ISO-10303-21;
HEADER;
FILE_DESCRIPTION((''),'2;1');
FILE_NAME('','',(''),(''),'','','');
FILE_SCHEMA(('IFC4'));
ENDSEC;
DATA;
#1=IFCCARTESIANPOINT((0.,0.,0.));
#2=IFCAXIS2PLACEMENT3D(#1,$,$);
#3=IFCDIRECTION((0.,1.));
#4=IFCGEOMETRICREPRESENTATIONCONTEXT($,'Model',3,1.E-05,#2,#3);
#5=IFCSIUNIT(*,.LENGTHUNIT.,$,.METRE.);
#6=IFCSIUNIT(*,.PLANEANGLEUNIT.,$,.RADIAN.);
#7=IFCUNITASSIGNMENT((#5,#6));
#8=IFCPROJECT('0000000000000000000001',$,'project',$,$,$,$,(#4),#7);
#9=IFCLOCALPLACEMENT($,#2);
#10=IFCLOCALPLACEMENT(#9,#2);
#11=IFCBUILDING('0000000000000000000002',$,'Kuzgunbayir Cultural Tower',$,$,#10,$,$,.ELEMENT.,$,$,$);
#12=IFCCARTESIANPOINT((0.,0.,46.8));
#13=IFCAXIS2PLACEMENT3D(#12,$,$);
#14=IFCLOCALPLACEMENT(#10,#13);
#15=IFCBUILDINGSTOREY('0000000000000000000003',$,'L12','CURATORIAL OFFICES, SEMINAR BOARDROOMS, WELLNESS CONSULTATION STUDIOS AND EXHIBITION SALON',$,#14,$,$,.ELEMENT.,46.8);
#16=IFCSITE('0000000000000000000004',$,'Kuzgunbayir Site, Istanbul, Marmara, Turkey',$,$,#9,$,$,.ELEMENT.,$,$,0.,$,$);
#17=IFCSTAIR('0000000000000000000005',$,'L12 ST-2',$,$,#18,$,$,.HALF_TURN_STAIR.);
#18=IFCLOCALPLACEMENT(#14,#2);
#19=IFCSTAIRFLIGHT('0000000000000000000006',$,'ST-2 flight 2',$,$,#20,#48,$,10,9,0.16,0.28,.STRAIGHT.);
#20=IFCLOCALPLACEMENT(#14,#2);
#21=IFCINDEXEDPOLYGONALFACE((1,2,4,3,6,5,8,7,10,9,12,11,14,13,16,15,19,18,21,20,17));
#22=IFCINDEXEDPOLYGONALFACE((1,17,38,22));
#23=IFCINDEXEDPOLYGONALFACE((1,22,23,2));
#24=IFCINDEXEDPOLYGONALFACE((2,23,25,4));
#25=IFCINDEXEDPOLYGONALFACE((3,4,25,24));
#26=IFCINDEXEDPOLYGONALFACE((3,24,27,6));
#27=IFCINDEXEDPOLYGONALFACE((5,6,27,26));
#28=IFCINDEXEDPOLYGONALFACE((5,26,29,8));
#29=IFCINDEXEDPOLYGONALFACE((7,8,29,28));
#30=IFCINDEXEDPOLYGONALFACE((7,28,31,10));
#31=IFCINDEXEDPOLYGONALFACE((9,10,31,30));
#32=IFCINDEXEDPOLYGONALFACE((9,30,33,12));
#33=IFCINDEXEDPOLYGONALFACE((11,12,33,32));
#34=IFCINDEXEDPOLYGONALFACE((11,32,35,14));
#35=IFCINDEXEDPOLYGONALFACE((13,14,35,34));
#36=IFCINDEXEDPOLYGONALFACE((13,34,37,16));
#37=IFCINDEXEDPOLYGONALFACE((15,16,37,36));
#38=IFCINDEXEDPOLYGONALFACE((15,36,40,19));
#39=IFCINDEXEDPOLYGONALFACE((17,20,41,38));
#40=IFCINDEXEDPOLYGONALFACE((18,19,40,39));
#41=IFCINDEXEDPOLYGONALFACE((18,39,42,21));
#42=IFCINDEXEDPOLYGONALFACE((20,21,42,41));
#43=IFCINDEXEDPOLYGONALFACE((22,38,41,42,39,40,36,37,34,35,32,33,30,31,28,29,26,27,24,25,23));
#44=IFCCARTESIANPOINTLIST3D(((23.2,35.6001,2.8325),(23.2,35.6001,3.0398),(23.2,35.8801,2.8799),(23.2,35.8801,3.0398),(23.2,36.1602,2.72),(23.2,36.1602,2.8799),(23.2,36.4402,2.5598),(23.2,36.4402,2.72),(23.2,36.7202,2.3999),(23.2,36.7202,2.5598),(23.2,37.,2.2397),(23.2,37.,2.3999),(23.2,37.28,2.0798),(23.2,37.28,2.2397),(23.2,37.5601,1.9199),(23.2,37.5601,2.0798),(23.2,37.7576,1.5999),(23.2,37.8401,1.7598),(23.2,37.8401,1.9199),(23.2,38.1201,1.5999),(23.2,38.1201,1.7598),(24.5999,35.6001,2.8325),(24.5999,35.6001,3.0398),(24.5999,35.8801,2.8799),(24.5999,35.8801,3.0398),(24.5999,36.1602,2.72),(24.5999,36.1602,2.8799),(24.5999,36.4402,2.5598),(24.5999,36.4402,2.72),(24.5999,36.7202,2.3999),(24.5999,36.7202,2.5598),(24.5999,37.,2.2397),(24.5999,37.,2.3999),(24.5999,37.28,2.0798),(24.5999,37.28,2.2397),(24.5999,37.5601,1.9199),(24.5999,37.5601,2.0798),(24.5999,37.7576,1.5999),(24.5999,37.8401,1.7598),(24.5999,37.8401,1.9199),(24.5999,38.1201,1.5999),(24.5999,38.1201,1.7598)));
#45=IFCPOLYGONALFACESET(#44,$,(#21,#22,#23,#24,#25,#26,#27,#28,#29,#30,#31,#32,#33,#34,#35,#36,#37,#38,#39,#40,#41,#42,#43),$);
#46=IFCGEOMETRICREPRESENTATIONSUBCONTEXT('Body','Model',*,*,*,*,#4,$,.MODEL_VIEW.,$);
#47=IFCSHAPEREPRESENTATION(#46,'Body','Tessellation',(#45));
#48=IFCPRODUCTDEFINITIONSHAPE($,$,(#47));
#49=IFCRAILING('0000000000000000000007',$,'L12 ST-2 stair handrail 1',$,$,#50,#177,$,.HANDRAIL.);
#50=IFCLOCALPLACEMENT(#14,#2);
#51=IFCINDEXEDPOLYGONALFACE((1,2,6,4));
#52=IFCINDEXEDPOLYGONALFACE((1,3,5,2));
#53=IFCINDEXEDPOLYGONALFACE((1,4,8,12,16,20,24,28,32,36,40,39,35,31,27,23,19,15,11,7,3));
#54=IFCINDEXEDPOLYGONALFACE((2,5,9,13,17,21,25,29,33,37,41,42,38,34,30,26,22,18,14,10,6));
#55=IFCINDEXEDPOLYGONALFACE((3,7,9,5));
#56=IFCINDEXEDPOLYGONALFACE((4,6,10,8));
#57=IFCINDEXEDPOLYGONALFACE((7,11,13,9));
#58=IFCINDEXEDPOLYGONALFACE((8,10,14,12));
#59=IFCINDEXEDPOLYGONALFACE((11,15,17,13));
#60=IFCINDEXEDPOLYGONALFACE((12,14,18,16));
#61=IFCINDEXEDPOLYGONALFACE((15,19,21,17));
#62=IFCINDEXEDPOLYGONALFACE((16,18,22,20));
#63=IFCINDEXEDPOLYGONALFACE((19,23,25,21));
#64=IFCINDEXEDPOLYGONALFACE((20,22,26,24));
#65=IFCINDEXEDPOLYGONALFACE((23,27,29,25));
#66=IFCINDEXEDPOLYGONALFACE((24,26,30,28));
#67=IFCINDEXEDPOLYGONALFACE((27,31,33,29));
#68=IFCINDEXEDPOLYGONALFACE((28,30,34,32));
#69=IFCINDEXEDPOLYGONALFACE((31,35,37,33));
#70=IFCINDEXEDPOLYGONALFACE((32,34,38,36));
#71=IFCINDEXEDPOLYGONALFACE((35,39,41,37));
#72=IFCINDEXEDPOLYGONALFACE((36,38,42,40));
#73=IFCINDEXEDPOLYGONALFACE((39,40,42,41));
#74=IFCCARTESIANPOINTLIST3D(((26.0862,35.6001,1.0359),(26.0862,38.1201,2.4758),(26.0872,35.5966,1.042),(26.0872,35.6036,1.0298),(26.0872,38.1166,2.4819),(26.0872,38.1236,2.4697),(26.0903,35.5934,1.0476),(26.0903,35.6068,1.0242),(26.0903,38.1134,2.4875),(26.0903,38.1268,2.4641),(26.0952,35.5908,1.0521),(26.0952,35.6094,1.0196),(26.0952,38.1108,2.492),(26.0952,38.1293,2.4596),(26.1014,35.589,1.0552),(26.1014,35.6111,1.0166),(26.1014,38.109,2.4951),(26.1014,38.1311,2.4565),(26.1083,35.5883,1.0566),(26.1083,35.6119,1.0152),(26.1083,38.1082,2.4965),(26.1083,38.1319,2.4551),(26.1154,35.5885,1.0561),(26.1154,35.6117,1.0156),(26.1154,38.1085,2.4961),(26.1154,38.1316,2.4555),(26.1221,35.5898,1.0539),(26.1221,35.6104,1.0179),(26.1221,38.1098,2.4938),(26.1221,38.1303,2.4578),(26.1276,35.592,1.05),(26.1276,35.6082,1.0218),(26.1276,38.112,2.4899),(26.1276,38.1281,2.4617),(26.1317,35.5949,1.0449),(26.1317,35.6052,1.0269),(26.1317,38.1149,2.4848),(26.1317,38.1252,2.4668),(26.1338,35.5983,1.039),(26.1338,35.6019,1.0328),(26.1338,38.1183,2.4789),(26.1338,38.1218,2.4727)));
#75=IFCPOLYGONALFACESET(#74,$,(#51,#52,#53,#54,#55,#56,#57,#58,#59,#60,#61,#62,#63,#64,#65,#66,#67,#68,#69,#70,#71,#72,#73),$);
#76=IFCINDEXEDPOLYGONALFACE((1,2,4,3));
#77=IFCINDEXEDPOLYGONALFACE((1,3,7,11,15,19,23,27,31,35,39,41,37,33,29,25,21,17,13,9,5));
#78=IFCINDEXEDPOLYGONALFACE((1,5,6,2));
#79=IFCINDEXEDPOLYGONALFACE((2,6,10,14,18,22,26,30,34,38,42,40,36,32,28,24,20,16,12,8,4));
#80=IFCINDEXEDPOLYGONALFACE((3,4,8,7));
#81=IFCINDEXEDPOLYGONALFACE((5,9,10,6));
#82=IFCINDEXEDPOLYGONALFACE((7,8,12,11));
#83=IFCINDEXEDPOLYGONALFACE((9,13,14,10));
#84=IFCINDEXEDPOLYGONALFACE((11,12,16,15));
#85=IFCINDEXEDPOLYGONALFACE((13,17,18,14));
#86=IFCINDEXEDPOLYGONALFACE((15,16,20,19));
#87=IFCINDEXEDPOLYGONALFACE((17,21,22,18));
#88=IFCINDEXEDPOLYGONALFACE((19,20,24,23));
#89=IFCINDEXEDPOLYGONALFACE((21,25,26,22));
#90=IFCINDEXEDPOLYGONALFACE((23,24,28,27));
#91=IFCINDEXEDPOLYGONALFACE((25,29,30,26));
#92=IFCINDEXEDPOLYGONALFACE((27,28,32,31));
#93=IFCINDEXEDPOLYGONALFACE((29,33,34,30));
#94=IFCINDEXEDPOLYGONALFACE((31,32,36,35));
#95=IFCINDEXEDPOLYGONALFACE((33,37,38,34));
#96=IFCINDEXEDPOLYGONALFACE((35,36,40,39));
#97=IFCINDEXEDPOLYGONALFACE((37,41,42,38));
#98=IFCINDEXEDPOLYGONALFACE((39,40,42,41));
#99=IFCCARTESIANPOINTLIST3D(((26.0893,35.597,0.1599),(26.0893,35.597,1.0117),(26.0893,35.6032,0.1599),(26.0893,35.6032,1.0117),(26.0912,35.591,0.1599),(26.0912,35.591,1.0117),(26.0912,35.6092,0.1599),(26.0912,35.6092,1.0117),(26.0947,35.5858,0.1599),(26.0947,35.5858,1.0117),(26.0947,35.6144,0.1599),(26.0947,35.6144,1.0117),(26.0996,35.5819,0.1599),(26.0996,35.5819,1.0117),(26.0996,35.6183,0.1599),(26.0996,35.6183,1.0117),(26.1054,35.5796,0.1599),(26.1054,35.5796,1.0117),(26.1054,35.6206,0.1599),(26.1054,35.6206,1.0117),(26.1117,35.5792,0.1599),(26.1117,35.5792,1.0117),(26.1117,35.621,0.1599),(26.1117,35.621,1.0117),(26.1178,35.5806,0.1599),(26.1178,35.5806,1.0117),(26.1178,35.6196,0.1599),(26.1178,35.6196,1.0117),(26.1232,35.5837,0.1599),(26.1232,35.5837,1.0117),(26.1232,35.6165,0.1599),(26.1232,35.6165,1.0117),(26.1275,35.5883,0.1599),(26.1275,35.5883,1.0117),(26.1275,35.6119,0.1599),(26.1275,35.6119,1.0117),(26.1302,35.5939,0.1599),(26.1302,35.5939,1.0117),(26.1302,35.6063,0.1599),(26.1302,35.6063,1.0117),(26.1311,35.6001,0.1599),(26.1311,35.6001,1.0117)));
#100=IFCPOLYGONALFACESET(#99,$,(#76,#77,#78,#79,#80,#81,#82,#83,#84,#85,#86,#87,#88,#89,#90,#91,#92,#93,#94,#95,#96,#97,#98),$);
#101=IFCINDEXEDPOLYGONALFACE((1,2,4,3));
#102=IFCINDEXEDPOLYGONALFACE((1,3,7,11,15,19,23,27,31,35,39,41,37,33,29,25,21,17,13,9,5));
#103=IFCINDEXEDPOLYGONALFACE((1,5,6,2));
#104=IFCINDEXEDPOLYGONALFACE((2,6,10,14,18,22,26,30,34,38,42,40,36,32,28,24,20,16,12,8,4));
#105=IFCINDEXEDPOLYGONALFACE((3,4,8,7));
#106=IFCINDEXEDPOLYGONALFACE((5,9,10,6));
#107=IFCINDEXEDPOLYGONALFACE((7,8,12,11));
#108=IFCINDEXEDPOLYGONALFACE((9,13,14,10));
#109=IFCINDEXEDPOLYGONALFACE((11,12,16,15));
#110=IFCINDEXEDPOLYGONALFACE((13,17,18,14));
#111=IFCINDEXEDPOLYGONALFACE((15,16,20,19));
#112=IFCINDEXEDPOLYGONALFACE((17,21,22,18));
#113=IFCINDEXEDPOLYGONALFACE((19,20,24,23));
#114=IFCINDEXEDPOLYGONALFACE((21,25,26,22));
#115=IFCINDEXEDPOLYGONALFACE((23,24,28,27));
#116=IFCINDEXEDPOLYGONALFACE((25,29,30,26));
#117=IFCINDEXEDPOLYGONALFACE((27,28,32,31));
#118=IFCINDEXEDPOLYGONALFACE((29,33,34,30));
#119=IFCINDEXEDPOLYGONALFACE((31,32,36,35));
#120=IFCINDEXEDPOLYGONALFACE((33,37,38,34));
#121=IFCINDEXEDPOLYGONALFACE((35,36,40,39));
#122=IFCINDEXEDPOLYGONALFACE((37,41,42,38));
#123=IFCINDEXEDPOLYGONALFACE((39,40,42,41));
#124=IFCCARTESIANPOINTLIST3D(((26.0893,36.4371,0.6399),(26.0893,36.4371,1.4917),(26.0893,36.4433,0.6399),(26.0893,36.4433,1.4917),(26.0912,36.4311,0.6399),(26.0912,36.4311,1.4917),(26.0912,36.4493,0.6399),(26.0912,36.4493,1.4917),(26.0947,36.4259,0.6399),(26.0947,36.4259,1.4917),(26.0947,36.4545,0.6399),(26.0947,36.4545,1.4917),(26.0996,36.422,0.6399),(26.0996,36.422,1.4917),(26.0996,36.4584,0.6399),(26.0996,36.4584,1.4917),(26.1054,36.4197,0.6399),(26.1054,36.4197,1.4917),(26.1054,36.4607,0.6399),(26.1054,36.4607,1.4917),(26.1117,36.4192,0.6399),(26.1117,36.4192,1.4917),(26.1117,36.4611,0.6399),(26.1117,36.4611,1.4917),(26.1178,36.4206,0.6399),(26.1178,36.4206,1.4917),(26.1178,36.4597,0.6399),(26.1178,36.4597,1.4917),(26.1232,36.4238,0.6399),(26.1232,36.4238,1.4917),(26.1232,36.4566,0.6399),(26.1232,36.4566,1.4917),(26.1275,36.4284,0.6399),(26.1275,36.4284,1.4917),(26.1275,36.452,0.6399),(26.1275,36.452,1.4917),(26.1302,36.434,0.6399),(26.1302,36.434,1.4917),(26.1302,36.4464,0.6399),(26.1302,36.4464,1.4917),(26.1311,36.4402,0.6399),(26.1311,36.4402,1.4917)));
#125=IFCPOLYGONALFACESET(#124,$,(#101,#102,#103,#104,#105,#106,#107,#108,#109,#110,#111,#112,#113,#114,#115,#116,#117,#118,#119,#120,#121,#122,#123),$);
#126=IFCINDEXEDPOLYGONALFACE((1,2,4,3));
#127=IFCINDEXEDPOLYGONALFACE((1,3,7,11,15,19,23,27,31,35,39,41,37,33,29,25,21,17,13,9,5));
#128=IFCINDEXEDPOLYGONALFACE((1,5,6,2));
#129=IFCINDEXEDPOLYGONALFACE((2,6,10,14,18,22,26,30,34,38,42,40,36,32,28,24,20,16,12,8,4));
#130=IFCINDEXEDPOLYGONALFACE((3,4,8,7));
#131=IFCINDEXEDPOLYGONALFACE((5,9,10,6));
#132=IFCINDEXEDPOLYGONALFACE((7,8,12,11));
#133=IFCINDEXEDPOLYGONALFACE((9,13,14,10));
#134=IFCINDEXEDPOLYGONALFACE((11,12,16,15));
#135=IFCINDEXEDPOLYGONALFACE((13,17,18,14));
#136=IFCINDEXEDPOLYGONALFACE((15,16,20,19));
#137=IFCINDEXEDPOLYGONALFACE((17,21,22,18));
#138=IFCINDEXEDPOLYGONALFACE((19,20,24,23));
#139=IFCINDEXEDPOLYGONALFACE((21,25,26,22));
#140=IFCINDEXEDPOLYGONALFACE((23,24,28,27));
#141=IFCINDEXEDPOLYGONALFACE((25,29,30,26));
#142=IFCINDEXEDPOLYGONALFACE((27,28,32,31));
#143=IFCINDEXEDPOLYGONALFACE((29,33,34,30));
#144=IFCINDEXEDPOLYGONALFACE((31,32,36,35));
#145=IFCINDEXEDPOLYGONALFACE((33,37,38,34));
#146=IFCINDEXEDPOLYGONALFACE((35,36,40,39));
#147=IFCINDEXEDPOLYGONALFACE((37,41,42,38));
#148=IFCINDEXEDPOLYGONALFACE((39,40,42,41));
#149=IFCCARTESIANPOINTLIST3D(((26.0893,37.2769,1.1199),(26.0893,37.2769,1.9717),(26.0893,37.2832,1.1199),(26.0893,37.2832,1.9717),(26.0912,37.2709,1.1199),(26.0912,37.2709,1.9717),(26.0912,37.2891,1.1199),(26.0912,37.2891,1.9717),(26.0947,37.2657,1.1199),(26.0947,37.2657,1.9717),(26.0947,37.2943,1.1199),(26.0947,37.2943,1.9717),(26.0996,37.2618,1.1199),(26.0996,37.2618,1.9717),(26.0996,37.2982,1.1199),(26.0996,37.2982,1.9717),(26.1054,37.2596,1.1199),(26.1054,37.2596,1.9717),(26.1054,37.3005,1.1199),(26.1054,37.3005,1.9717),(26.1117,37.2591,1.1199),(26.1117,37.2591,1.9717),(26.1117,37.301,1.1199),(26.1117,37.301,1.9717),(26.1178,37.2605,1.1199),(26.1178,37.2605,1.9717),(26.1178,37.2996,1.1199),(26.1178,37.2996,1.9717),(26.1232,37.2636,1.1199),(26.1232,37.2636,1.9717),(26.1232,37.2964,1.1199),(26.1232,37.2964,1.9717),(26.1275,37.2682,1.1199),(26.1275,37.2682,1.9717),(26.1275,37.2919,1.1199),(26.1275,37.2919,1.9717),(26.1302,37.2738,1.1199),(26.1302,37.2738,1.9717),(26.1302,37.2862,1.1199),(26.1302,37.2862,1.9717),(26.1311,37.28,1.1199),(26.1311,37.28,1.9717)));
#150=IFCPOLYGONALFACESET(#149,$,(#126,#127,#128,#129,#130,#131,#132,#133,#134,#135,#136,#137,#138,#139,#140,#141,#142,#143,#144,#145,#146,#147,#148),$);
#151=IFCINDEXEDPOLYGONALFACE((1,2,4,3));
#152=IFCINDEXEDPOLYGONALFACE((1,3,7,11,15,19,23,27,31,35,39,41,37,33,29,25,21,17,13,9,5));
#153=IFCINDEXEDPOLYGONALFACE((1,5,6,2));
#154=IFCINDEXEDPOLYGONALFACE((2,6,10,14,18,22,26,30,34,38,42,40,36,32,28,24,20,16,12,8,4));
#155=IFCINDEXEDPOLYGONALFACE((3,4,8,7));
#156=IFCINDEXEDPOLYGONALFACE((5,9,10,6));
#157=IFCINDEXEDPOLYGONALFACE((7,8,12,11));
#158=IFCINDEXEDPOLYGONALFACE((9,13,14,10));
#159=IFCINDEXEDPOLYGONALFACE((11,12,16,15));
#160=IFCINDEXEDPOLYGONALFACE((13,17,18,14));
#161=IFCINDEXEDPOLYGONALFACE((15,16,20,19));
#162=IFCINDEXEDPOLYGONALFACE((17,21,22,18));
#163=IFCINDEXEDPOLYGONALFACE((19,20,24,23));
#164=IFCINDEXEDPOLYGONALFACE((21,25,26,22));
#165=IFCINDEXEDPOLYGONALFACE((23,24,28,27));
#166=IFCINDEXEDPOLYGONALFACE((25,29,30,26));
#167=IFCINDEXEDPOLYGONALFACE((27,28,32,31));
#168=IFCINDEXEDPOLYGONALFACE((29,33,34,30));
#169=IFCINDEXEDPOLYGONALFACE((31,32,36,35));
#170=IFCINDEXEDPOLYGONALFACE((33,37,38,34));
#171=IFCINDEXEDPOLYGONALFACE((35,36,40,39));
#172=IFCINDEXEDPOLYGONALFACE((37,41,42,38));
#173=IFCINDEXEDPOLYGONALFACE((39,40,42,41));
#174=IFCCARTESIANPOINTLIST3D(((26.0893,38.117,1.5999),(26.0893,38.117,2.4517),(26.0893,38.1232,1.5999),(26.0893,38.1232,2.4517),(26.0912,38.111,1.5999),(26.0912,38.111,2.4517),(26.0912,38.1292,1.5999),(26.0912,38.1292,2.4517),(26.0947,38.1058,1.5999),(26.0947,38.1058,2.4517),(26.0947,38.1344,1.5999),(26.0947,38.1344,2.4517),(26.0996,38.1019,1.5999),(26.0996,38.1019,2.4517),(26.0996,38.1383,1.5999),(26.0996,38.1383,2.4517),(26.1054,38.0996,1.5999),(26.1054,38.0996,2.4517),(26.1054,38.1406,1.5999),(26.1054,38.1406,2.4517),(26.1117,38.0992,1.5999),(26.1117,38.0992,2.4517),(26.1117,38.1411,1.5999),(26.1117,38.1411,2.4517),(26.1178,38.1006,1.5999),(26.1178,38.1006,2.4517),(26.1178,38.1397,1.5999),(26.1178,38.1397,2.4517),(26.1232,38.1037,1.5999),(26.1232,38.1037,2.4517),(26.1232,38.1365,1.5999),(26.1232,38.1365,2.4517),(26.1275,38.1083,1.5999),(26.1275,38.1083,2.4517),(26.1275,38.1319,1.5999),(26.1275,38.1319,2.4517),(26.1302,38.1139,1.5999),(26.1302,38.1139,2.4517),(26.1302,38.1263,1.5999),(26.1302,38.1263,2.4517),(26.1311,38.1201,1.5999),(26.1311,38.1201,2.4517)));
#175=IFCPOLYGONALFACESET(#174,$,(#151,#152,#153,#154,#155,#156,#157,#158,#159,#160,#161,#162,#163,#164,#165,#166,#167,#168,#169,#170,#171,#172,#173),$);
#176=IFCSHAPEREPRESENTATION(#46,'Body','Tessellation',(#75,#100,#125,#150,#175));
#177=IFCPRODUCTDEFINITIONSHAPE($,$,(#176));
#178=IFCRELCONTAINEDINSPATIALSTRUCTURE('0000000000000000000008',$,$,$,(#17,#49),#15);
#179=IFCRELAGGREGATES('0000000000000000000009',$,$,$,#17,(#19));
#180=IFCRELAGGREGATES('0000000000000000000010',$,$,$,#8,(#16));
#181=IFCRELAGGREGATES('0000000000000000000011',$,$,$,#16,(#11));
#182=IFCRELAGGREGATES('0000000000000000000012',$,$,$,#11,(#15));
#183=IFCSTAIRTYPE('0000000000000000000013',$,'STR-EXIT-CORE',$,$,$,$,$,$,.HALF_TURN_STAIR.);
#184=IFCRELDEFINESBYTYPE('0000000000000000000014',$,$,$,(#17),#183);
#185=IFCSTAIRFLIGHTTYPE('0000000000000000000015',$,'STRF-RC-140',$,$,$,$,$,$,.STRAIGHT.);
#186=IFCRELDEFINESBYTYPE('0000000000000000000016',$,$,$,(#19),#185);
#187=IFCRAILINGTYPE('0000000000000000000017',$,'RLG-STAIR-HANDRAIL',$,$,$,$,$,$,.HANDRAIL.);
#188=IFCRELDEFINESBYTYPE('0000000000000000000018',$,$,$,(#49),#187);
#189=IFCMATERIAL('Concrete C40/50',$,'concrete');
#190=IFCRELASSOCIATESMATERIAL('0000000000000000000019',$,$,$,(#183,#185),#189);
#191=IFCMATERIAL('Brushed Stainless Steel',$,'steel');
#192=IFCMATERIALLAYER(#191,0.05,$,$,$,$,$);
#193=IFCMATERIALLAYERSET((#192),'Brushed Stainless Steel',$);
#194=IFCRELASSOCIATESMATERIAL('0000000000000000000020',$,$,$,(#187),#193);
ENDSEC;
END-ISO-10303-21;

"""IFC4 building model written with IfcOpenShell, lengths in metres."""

from ifc_helpers import new_model, si_unit, direction, frame, origin, origin_2d, place, context, subcontext, project, spatial, polyline, circle, outline, extrude, material, layer, layer_set, type_object, element, aggregate, save


model = new_model("IFC4")

# Units and contexts
model_context = context("Model", 3, precision=1e-05, world=origin(), true_north=direction((0.0, 1.0)))
body_context = subcontext(model_context, "Body", "Model", "MODEL_VIEW")
ifc_project = project(units=[si_unit("LENGTHUNIT", "METRE"), si_unit("PLANEANGLEUNIT", "RADIAN")], contexts=[model_context])

# Site, building, storey
site_placement = place(None, origin())
site = spatial("IfcSite", under=ifc_project, at=site_placement, Name="Kuzgunbayir Site, Istanbul, Marmara, Turkey", CompositionType="ELEMENT", RefElevation=0.0)
building_placement = place(site_placement, origin())
building = spatial("IfcBuilding", under=site, at=building_placement, Name="Kuzgunbayir Cultural Tower", CompositionType="ELEMENT")
storey_placement = place(building_placement, frame((0.0, 0.0, 46.8)))
storey = spatial("IfcBuildingStorey", under=building, at=storey_placement, Name="L12", Description="CURATORIAL OFFICES, SEMINAR BOARDROOMS, WELLNESS CONSULTATION STUDIOS AND EXHIBITION SALON", CompositionType="ELEMENT", Elevation=46.8)

# Shared definitions
ifc_material_1 = material(Name="Concrete C40/50", Category="concrete")

# Stair, stair flight
stair_type = type_object("IfcStairType", Name="STR-EXIT-CORE", PredefinedType="HALF_TURN_STAIR", material=ifc_material_1)
stair_placement = place(storey_placement, origin())
stair = element("IfcStair", 1, at=stair_placement, inside=storey, type_object=stair_type, Name="L12 ST-2", PredefinedType="HALF_TURN_STAIR")
stair_flight_type = type_object("IfcStairFlightType", Name="STRF-RC-140", PredefinedType="STRAIGHT", material=ifc_material_1)
stair_flight_1_placement = place(storey_placement, frame((23.8999, 38.1201, 1.5999), z_axis=(0.0, 0.0, 1.0), x_axis=(0.0, -1.0, 0.0)))
stair_flight_1 = element("IfcStairFlight", 2, at=stair_flight_1_placement, type_object=stair_flight_type, Name="ST-2 flight 2", NumberOfRisers=10, NumberOfTreads=9, PredefinedType="STRAIGHT", RiserHeight=0.16, TreadLength=0.28, context=body_context, shape_type="SweptSolid", body=[
    extrude(outline(polyline([(0.0, 0.0), (0.0, 0.1599), (0.28, 0.1599), (0.28, 0.3201), (0.5601, 0.3201), (0.5601, 0.48), (0.8401, 0.48), (0.8401, 0.6399), (1.1201, 0.6399), (1.1201, 0.8), (1.3999, 0.8), (1.3999, 0.96), (1.6799, 0.96), (1.6799, 1.1201), (1.96, 1.1201), (1.96, 1.28), (2.24, 1.28), (2.24, 1.4399), (2.52, 1.4399), (2.52, 1.6001), (2.52, 1.2327), (0.3625, 0.0), (0.0, 0.0)])), frame((0.0, 0.7, 0.0), z_axis=(0.0, -1.0, 0.0), x_axis=(1.0, 0.0, 0.0)), (0.0, 0.0, 1.0), 1.3999),
])
aggregate(stair, [stair_flight_1])

# Railing
ifc_material_2 = material(Name="Brushed Stainless Steel", Category="steel")
ifc_layer_1 = layer(ifc_material_2, 0.05)
ifc_layer_set_1 = layer_set([ifc_layer_1], Name="Brushed Stainless Steel")
railing_type_1 = type_object("IfcRailingType", Name="RLG-STAIR-HANDRAIL", PredefinedType="HANDRAIL", material=ifc_layer_set_1)
railing_1_placement = place(storey_placement, frame((26.1101, 35.6001, 0.1599)))
element("IfcRailing", 3, at=railing_1_placement, inside=storey, type_object=railing_type_1, Name="L12 ST-2 stair handrail 1", PredefinedType="HANDRAIL", context=body_context, shape_type="SweptSolid", body=[
    extrude(circle(Radius=0.0239, at=origin_2d()), frame((0.0, 0.0, 0.876), z_axis=(0.0, 0.868253, 0.496121), x_axis=(-1.0, 0.0, 0.0)), (0.0, 0.0, 1.0), 2.9023),
    extrude(circle(Radius=0.021, at=origin_2d()), origin(), (0.0, 0.0, 1.0), 0.8518),
    extrude(circle(Radius=0.021, at=origin_2d()), frame((0.0, 0.8401, 0.48)), (0.0, 0.0, 1.0), 0.8518),
    extrude(circle(Radius=0.021, at=origin_2d()), frame((0.0, 1.6799, 0.96)), (0.0, 0.0, 1.0), 0.8518),
    extrude(circle(Radius=0.021, at=origin_2d()), frame((0.0, 2.52, 1.4399)), (0.0, 0.0, 1.0), 0.8518),
])

save(model, "model.ifc")
